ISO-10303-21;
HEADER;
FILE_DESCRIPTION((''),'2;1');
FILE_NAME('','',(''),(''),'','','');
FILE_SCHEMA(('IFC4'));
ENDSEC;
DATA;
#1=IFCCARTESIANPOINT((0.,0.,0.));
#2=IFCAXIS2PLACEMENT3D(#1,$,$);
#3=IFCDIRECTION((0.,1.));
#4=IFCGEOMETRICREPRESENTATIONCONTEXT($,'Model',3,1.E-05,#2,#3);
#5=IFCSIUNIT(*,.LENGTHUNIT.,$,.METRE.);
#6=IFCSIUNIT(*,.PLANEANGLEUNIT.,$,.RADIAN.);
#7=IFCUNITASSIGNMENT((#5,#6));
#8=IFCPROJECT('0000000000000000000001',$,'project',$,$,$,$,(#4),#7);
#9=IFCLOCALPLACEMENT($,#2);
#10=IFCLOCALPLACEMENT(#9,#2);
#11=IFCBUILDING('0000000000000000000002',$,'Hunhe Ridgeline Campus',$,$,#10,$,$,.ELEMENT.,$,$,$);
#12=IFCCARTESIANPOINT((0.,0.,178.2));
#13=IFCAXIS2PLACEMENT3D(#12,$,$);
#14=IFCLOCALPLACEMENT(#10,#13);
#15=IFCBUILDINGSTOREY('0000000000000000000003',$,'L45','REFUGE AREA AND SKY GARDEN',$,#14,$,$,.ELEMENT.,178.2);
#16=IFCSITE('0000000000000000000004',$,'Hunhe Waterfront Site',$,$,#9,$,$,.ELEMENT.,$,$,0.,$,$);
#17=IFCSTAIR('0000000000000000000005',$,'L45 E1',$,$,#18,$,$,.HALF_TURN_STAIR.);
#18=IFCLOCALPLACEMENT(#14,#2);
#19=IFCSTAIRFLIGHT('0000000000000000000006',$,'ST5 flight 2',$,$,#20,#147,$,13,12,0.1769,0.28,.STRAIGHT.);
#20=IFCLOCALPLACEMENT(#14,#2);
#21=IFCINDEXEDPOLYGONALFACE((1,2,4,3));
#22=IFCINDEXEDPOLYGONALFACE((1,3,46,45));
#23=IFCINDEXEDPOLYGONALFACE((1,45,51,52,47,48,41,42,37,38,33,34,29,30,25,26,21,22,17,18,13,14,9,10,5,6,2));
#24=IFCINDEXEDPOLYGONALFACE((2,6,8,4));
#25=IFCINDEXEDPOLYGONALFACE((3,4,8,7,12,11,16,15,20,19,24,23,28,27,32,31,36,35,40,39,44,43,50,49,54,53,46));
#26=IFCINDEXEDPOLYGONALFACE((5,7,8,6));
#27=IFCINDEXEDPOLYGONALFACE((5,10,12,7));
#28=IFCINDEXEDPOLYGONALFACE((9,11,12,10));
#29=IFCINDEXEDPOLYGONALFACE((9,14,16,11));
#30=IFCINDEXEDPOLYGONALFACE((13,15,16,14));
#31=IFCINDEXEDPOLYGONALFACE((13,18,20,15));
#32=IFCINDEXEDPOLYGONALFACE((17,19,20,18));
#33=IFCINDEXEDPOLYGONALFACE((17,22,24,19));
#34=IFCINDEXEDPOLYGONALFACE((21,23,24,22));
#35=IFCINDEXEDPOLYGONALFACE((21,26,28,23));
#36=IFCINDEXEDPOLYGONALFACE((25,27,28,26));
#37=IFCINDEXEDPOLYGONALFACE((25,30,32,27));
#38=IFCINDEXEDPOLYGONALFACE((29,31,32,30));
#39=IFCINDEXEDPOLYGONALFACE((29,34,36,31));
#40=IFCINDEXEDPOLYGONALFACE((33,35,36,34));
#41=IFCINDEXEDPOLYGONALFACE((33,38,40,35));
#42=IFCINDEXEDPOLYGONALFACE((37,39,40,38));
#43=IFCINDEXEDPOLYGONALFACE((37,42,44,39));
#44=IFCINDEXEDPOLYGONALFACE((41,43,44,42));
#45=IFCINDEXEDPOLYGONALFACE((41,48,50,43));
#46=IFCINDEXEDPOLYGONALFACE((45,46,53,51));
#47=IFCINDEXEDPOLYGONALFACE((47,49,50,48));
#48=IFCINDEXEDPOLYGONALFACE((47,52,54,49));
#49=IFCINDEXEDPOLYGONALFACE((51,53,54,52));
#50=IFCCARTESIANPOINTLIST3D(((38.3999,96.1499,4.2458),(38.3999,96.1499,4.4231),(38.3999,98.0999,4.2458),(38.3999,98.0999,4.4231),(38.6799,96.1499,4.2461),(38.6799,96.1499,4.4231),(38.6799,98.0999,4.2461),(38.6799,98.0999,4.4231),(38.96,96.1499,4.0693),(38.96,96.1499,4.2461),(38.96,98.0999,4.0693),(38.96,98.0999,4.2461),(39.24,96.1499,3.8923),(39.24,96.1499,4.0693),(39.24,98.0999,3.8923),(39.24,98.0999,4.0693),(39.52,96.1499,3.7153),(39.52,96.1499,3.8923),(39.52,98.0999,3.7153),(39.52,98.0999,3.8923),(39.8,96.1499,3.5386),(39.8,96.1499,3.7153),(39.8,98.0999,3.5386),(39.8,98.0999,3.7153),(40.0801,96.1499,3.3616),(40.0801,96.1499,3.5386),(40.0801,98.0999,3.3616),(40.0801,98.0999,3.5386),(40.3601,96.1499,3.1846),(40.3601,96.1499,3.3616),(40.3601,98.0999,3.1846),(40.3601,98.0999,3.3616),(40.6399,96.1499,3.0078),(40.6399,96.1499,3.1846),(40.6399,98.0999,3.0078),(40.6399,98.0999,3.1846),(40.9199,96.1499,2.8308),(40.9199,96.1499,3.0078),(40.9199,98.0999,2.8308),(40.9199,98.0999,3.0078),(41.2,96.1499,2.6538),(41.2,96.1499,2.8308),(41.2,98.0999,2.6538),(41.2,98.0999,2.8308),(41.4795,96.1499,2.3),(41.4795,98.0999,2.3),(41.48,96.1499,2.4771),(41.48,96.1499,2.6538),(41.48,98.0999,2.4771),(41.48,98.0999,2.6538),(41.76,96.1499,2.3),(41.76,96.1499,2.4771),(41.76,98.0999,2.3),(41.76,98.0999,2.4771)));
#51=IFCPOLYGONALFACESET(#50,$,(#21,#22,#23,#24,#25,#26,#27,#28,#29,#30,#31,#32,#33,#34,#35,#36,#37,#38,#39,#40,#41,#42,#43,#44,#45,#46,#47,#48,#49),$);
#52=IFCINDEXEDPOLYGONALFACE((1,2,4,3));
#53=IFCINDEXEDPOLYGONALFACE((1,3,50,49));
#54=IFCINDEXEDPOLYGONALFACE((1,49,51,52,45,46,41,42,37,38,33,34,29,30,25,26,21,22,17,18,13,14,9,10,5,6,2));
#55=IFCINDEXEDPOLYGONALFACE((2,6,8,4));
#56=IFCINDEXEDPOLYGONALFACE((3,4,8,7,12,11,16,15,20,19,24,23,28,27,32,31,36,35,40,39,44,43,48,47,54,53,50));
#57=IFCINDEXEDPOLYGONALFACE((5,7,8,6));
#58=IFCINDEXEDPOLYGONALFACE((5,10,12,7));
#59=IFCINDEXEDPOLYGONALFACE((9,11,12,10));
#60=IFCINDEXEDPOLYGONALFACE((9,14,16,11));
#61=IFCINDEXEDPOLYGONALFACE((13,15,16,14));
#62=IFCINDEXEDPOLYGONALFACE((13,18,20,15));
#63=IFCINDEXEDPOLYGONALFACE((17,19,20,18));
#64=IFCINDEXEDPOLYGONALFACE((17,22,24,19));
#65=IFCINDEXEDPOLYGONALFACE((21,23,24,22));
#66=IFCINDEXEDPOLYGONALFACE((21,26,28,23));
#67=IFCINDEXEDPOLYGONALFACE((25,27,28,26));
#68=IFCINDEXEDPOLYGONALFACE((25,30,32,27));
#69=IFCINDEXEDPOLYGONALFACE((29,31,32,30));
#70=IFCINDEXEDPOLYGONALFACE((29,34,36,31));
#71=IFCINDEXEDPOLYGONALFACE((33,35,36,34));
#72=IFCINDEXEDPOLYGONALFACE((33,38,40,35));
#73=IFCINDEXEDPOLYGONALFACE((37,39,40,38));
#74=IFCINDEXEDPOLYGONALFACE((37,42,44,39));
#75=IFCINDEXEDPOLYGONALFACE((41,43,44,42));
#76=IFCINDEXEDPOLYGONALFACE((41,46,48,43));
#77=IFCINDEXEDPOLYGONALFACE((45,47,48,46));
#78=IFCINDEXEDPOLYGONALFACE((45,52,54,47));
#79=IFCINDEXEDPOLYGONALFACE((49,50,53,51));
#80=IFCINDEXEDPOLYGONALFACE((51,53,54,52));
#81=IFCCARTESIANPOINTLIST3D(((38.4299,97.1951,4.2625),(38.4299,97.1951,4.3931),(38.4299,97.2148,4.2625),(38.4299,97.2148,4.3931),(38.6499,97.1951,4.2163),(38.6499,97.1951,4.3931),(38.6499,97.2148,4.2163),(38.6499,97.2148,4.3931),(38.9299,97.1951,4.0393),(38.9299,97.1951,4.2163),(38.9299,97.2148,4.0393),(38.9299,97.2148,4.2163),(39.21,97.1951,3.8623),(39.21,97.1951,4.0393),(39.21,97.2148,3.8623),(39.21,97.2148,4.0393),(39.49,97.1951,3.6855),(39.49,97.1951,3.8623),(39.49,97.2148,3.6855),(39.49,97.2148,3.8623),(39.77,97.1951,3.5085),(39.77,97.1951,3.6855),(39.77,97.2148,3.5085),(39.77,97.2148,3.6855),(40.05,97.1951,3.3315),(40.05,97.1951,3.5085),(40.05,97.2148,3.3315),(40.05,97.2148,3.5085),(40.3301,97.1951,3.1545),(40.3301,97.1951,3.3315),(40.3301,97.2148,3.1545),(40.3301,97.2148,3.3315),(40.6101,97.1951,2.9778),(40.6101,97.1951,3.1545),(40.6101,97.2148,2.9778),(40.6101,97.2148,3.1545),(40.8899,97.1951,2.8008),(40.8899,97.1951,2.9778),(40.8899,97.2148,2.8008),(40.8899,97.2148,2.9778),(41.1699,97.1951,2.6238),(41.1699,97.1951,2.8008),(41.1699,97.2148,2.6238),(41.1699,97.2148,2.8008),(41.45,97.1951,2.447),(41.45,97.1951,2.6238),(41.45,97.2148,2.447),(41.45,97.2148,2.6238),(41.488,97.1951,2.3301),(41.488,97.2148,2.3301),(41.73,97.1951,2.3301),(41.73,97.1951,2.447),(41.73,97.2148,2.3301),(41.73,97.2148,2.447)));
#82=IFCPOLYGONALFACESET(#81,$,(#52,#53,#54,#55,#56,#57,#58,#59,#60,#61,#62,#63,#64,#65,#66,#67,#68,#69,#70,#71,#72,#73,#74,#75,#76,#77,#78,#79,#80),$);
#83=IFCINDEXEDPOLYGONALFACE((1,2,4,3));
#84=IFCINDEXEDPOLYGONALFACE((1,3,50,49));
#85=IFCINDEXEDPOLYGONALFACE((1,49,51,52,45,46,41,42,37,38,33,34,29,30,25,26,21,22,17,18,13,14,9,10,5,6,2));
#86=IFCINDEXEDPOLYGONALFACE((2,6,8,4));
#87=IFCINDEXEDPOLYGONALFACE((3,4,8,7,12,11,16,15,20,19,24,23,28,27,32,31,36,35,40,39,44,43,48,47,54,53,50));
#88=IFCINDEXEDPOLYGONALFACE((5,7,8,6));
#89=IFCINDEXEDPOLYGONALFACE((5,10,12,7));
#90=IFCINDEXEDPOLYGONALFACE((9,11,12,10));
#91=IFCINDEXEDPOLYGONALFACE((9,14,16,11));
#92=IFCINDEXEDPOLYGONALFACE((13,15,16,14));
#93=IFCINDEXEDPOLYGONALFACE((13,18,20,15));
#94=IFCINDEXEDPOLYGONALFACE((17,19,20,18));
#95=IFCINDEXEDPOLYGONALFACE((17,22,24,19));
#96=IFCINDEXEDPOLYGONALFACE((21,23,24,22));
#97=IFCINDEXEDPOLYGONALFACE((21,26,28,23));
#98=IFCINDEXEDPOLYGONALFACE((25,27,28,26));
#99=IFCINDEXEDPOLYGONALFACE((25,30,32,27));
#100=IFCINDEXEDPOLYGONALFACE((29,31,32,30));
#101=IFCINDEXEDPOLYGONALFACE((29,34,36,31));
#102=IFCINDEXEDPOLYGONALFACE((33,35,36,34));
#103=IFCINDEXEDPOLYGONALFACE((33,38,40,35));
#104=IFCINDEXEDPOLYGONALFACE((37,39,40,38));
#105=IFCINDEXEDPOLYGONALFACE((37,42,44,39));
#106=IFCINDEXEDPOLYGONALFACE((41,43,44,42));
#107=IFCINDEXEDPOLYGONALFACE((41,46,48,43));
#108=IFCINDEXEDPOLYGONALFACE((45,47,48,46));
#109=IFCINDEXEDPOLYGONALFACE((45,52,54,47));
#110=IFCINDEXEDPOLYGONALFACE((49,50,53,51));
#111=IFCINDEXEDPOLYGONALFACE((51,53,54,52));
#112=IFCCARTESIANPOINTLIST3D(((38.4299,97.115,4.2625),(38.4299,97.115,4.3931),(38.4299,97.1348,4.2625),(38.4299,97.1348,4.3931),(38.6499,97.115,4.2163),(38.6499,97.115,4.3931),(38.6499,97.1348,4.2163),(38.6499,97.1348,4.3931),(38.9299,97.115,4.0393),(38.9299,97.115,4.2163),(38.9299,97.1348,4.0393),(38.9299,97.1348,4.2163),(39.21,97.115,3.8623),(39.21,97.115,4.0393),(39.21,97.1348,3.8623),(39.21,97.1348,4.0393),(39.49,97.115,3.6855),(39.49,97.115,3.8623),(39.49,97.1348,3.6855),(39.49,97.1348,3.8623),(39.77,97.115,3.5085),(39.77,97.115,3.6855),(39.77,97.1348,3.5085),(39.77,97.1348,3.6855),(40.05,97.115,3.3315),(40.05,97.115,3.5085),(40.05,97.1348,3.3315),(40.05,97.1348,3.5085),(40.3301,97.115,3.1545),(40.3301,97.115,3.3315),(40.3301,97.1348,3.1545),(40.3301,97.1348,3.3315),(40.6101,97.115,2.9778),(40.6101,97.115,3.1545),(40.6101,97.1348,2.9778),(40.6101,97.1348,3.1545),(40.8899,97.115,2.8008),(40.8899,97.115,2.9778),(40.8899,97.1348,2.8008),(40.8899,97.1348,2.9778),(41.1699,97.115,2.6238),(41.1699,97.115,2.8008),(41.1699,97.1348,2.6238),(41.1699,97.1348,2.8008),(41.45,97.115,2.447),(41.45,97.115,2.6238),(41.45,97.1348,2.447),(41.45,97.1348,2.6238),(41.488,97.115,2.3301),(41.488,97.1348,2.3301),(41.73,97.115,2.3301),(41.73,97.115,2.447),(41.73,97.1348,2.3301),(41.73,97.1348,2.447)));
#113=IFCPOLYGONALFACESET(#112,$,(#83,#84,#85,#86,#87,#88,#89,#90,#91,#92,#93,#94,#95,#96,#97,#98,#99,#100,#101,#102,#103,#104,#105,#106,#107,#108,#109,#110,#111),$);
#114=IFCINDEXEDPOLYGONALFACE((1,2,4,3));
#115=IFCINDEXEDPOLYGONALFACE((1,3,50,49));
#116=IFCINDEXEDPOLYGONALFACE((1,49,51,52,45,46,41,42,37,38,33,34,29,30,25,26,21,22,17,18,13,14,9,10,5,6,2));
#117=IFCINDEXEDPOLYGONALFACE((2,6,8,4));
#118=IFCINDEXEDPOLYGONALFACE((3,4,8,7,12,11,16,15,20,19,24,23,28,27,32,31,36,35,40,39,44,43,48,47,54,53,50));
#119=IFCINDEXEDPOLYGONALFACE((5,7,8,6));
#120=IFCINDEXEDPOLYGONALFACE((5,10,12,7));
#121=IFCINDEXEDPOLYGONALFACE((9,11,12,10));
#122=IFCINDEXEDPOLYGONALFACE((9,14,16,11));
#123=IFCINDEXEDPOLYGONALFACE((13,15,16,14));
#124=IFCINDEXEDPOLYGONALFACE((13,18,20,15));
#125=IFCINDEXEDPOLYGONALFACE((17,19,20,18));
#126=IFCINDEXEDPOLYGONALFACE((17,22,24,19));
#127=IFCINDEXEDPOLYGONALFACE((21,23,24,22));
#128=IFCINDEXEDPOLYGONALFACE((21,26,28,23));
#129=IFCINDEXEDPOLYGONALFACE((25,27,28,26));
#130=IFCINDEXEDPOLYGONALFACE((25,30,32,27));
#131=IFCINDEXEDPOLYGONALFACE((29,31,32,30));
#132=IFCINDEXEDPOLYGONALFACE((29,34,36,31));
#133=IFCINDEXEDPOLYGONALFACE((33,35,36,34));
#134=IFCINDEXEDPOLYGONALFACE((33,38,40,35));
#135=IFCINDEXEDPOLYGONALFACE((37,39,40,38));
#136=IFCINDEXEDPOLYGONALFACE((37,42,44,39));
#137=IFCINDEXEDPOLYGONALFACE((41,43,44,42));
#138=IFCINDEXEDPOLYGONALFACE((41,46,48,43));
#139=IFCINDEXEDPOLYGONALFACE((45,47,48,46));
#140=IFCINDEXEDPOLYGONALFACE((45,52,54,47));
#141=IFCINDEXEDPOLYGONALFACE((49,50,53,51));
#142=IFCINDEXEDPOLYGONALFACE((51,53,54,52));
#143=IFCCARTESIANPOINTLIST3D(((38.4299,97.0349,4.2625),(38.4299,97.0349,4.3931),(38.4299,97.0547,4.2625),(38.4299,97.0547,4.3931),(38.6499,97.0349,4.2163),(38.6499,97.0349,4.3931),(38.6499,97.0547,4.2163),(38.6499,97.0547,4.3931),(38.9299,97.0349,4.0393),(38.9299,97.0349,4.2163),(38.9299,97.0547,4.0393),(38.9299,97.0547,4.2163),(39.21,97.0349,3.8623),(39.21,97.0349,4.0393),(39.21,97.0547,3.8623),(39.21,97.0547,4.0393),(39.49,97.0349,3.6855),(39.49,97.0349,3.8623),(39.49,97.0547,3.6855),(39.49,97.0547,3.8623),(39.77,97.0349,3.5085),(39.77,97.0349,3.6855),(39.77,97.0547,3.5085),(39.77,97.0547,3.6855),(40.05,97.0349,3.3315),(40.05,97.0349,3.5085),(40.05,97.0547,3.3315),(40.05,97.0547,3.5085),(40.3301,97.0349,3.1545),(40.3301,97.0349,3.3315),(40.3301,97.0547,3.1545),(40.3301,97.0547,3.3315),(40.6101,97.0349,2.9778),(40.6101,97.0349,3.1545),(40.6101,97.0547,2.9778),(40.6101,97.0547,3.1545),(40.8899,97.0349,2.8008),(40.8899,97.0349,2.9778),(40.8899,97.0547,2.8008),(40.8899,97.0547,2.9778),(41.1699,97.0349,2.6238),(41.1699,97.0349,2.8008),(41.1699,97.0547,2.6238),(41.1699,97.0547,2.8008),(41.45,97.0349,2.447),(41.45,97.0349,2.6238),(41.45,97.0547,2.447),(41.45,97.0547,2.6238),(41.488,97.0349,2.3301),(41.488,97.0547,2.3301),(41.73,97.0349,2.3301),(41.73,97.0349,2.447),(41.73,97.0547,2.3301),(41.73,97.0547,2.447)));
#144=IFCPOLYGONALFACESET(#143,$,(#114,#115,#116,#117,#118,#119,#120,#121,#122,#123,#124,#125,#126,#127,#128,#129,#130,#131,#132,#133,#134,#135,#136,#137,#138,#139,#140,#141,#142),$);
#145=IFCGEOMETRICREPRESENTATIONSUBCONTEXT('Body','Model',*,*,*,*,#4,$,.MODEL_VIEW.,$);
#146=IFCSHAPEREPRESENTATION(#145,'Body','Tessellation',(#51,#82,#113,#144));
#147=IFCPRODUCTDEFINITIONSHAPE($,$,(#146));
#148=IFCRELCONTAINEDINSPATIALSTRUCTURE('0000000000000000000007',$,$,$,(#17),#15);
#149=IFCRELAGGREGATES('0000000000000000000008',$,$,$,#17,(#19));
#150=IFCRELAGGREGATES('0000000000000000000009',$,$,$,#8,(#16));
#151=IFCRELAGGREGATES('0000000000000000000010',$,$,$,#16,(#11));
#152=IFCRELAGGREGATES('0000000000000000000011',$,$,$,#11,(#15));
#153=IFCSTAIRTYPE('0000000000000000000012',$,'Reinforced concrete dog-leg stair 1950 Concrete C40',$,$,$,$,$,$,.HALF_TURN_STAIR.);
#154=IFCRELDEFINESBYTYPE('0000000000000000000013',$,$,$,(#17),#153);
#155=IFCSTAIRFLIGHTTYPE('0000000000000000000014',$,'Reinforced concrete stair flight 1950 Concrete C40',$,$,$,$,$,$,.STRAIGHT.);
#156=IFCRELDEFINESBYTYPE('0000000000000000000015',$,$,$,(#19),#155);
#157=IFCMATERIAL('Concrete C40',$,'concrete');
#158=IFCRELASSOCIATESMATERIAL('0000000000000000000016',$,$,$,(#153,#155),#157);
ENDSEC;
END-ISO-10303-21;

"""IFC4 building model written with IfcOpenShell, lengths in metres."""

from ifc_helpers import new_model, si_unit, direction, frame, origin, place, context, subcontext, project, spatial, polyline, outline, extrude, material, type_object, element, aggregate, save


model = new_model("IFC4")

# Units and contexts
model_context = context("Model", 3, precision=1e-05, world=origin(), true_north=direction((0.0, 1.0)))
body_context = subcontext(model_context, "Body", "Model", "MODEL_VIEW")
ifc_project = project(units=[si_unit("LENGTHUNIT", "METRE"), si_unit("PLANEANGLEUNIT", "RADIAN")], contexts=[model_context])

# Site, building, storey
site_placement = place(None, origin())
site = spatial("IfcSite", under=ifc_project, at=site_placement, Name="Hunhe Waterfront Site", CompositionType="ELEMENT", RefElevation=0.0)
building_placement = place(site_placement, origin())
building = spatial("IfcBuilding", under=site, at=building_placement, Name="Hunhe Ridgeline Campus", CompositionType="ELEMENT")
storey_placement = place(building_placement, frame((0.0, 0.0, 178.2)))
storey = spatial("IfcBuildingStorey", under=building, at=storey_placement, Name="L45", Description="REFUGE AREA AND SKY GARDEN", CompositionType="ELEMENT", Elevation=178.2)

# Stair, stair flight
ifc_material_1 = material(Name="Concrete C40", Category="concrete")
stair_type = type_object("IfcStairType", Name="Reinforced concrete dog-leg stair 1950 Concrete C40", PredefinedType="HALF_TURN_STAIR", material=ifc_material_1)
stair_placement = place(storey_placement, origin())
stair = element("IfcStair", 1, at=stair_placement, inside=storey, type_object=stair_type, Name="L45 E1", PredefinedType="HALF_TURN_STAIR")
stair_flight_type = type_object("IfcStairFlightType", Name="Reinforced concrete stair flight 1950 Concrete C40", PredefinedType="STRAIGHT", material=ifc_material_1)
stair_flight_1_placement = place(storey_placement, frame((41.76, 97.125, 2.3), z_axis=(0.0, 0.0, 1.0), x_axis=(-1.0, 0.0, 0.0)))
stair_flight_1 = element("IfcStairFlight", 2, at=stair_flight_1_placement, type_object=stair_flight_type, Name="ST5 flight 2", NumberOfRisers=13, NumberOfTreads=12, PredefinedType="STRAIGHT", RiserHeight=0.1769, TreadLength=0.28, context=body_context, shape_type="SweptSolid", body=[
    extrude(outline(polyline([(0.0, 0.0), (0.0, 0.177), (0.28, 0.177), (0.28, 0.3538), (0.5601, 0.3538), (0.5601, 0.5308), (0.8401, 0.5308), (0.8401, 0.7078), (1.1201, 0.7078), (1.1201, 0.8845), (1.3999, 0.8845), (1.3999, 1.0615), (1.6799, 1.0615), (1.6799, 1.2385), (1.96, 1.2385), (1.96, 1.4153), (2.24, 1.4153), (2.24, 1.5923), (2.52, 1.5923), (2.52, 1.7693), (2.8, 1.7693), (2.8, 1.946), (3.0801, 1.946), (3.0801, 2.123), (3.3601, 2.123), (3.3601, 2.3), (3.3601, 1.9458), (0.2805, 0.0), (0.0, 0.0)])), frame((0.0, 0.9751, 0.0), z_axis=(0.0, -1.0, 0.0), x_axis=(1.0, 0.0, 0.0)), (0.0, 0.0, 1.0), 1.95),
    extrude(outline(polyline([(0.03, 0.03), (0.03, 0.147), (0.3101, 0.147), (0.3101, 0.3237), (0.5901, 0.3237), (0.5901, 0.5007), (0.8701, 0.5007), (0.8701, 0.6777), (1.1499, 0.6777), (1.1499, 0.8545), (1.4299, 0.8545), (1.4299, 1.0315), (1.71, 1.0315), (1.71, 1.2085), (1.99, 1.2085), (1.99, 1.3855), (2.27, 1.3855), (2.27, 1.5623), (2.55, 1.5623), (2.55, 1.7393), (2.8301, 1.7393), (2.8301, 1.9163), (3.1101, 1.9163), (3.1101, 2.093), (3.3301, 2.093), (3.3301, 1.9624), (0.272, 0.03), (0.03, 0.03)])), frame((0.0, -0.0701, 0.0), z_axis=(0.0, -1.0, 0.0), x_axis=(1.0, 0.0, 0.0)), (0.0, 0.0, 1.0), 0.0198),
    extrude(outline(polyline([(0.03, 0.03), (0.03, 0.147), (0.3101, 0.147), (0.3101, 0.3237), (0.5901, 0.3237), (0.5901, 0.5007), (0.8701, 0.5007), (0.8701, 0.6777), (1.1499, 0.6777), (1.1499, 0.8545), (1.4299, 0.8545), (1.4299, 1.0315), (1.71, 1.0315), (1.71, 1.2085), (1.99, 1.2085), (1.99, 1.3855), (2.27, 1.3855), (2.27, 1.5623), (2.55, 1.5623), (2.55, 1.7393), (2.8301, 1.7393), (2.8301, 1.9163), (3.1101, 1.9163), (3.1101, 2.093), (3.3301, 2.093), (3.3301, 1.9624), (0.272, 0.03), (0.03, 0.03)])), frame((0.0, 0.01, 0.0), z_axis=(0.0, -1.0, 0.0), x_axis=(1.0, 0.0, 0.0)), (0.0, 0.0, 1.0), 0.0198),
    extrude(outline(polyline([(0.03, 0.03), (0.03, 0.147), (0.3101, 0.147), (0.3101, 0.3237), (0.5901, 0.3237), (0.5901, 0.5007), (0.8701, 0.5007), (0.8701, 0.6777), (1.1499, 0.6777), (1.1499, 0.8545), (1.4299, 0.8545), (1.4299, 1.0315), (1.71, 1.0315), (1.71, 1.2085), (1.99, 1.2085), (1.99, 1.3855), (2.27, 1.3855), (2.27, 1.5623), (2.55, 1.5623), (2.55, 1.7393), (2.8301, 1.7393), (2.8301, 1.9163), (3.1101, 1.9163), (3.1101, 2.093), (3.3301, 2.093), (3.3301, 1.9624), (0.272, 0.03), (0.03, 0.03)])), frame((0.0, 0.0901, 0.0), z_axis=(0.0, -1.0, 0.0), x_axis=(1.0, 0.0, 0.0)), (0.0, 0.0, 1.0), 0.0198),
])
aggregate(stair, [stair_flight_1])

save(model, "model.ifc")
